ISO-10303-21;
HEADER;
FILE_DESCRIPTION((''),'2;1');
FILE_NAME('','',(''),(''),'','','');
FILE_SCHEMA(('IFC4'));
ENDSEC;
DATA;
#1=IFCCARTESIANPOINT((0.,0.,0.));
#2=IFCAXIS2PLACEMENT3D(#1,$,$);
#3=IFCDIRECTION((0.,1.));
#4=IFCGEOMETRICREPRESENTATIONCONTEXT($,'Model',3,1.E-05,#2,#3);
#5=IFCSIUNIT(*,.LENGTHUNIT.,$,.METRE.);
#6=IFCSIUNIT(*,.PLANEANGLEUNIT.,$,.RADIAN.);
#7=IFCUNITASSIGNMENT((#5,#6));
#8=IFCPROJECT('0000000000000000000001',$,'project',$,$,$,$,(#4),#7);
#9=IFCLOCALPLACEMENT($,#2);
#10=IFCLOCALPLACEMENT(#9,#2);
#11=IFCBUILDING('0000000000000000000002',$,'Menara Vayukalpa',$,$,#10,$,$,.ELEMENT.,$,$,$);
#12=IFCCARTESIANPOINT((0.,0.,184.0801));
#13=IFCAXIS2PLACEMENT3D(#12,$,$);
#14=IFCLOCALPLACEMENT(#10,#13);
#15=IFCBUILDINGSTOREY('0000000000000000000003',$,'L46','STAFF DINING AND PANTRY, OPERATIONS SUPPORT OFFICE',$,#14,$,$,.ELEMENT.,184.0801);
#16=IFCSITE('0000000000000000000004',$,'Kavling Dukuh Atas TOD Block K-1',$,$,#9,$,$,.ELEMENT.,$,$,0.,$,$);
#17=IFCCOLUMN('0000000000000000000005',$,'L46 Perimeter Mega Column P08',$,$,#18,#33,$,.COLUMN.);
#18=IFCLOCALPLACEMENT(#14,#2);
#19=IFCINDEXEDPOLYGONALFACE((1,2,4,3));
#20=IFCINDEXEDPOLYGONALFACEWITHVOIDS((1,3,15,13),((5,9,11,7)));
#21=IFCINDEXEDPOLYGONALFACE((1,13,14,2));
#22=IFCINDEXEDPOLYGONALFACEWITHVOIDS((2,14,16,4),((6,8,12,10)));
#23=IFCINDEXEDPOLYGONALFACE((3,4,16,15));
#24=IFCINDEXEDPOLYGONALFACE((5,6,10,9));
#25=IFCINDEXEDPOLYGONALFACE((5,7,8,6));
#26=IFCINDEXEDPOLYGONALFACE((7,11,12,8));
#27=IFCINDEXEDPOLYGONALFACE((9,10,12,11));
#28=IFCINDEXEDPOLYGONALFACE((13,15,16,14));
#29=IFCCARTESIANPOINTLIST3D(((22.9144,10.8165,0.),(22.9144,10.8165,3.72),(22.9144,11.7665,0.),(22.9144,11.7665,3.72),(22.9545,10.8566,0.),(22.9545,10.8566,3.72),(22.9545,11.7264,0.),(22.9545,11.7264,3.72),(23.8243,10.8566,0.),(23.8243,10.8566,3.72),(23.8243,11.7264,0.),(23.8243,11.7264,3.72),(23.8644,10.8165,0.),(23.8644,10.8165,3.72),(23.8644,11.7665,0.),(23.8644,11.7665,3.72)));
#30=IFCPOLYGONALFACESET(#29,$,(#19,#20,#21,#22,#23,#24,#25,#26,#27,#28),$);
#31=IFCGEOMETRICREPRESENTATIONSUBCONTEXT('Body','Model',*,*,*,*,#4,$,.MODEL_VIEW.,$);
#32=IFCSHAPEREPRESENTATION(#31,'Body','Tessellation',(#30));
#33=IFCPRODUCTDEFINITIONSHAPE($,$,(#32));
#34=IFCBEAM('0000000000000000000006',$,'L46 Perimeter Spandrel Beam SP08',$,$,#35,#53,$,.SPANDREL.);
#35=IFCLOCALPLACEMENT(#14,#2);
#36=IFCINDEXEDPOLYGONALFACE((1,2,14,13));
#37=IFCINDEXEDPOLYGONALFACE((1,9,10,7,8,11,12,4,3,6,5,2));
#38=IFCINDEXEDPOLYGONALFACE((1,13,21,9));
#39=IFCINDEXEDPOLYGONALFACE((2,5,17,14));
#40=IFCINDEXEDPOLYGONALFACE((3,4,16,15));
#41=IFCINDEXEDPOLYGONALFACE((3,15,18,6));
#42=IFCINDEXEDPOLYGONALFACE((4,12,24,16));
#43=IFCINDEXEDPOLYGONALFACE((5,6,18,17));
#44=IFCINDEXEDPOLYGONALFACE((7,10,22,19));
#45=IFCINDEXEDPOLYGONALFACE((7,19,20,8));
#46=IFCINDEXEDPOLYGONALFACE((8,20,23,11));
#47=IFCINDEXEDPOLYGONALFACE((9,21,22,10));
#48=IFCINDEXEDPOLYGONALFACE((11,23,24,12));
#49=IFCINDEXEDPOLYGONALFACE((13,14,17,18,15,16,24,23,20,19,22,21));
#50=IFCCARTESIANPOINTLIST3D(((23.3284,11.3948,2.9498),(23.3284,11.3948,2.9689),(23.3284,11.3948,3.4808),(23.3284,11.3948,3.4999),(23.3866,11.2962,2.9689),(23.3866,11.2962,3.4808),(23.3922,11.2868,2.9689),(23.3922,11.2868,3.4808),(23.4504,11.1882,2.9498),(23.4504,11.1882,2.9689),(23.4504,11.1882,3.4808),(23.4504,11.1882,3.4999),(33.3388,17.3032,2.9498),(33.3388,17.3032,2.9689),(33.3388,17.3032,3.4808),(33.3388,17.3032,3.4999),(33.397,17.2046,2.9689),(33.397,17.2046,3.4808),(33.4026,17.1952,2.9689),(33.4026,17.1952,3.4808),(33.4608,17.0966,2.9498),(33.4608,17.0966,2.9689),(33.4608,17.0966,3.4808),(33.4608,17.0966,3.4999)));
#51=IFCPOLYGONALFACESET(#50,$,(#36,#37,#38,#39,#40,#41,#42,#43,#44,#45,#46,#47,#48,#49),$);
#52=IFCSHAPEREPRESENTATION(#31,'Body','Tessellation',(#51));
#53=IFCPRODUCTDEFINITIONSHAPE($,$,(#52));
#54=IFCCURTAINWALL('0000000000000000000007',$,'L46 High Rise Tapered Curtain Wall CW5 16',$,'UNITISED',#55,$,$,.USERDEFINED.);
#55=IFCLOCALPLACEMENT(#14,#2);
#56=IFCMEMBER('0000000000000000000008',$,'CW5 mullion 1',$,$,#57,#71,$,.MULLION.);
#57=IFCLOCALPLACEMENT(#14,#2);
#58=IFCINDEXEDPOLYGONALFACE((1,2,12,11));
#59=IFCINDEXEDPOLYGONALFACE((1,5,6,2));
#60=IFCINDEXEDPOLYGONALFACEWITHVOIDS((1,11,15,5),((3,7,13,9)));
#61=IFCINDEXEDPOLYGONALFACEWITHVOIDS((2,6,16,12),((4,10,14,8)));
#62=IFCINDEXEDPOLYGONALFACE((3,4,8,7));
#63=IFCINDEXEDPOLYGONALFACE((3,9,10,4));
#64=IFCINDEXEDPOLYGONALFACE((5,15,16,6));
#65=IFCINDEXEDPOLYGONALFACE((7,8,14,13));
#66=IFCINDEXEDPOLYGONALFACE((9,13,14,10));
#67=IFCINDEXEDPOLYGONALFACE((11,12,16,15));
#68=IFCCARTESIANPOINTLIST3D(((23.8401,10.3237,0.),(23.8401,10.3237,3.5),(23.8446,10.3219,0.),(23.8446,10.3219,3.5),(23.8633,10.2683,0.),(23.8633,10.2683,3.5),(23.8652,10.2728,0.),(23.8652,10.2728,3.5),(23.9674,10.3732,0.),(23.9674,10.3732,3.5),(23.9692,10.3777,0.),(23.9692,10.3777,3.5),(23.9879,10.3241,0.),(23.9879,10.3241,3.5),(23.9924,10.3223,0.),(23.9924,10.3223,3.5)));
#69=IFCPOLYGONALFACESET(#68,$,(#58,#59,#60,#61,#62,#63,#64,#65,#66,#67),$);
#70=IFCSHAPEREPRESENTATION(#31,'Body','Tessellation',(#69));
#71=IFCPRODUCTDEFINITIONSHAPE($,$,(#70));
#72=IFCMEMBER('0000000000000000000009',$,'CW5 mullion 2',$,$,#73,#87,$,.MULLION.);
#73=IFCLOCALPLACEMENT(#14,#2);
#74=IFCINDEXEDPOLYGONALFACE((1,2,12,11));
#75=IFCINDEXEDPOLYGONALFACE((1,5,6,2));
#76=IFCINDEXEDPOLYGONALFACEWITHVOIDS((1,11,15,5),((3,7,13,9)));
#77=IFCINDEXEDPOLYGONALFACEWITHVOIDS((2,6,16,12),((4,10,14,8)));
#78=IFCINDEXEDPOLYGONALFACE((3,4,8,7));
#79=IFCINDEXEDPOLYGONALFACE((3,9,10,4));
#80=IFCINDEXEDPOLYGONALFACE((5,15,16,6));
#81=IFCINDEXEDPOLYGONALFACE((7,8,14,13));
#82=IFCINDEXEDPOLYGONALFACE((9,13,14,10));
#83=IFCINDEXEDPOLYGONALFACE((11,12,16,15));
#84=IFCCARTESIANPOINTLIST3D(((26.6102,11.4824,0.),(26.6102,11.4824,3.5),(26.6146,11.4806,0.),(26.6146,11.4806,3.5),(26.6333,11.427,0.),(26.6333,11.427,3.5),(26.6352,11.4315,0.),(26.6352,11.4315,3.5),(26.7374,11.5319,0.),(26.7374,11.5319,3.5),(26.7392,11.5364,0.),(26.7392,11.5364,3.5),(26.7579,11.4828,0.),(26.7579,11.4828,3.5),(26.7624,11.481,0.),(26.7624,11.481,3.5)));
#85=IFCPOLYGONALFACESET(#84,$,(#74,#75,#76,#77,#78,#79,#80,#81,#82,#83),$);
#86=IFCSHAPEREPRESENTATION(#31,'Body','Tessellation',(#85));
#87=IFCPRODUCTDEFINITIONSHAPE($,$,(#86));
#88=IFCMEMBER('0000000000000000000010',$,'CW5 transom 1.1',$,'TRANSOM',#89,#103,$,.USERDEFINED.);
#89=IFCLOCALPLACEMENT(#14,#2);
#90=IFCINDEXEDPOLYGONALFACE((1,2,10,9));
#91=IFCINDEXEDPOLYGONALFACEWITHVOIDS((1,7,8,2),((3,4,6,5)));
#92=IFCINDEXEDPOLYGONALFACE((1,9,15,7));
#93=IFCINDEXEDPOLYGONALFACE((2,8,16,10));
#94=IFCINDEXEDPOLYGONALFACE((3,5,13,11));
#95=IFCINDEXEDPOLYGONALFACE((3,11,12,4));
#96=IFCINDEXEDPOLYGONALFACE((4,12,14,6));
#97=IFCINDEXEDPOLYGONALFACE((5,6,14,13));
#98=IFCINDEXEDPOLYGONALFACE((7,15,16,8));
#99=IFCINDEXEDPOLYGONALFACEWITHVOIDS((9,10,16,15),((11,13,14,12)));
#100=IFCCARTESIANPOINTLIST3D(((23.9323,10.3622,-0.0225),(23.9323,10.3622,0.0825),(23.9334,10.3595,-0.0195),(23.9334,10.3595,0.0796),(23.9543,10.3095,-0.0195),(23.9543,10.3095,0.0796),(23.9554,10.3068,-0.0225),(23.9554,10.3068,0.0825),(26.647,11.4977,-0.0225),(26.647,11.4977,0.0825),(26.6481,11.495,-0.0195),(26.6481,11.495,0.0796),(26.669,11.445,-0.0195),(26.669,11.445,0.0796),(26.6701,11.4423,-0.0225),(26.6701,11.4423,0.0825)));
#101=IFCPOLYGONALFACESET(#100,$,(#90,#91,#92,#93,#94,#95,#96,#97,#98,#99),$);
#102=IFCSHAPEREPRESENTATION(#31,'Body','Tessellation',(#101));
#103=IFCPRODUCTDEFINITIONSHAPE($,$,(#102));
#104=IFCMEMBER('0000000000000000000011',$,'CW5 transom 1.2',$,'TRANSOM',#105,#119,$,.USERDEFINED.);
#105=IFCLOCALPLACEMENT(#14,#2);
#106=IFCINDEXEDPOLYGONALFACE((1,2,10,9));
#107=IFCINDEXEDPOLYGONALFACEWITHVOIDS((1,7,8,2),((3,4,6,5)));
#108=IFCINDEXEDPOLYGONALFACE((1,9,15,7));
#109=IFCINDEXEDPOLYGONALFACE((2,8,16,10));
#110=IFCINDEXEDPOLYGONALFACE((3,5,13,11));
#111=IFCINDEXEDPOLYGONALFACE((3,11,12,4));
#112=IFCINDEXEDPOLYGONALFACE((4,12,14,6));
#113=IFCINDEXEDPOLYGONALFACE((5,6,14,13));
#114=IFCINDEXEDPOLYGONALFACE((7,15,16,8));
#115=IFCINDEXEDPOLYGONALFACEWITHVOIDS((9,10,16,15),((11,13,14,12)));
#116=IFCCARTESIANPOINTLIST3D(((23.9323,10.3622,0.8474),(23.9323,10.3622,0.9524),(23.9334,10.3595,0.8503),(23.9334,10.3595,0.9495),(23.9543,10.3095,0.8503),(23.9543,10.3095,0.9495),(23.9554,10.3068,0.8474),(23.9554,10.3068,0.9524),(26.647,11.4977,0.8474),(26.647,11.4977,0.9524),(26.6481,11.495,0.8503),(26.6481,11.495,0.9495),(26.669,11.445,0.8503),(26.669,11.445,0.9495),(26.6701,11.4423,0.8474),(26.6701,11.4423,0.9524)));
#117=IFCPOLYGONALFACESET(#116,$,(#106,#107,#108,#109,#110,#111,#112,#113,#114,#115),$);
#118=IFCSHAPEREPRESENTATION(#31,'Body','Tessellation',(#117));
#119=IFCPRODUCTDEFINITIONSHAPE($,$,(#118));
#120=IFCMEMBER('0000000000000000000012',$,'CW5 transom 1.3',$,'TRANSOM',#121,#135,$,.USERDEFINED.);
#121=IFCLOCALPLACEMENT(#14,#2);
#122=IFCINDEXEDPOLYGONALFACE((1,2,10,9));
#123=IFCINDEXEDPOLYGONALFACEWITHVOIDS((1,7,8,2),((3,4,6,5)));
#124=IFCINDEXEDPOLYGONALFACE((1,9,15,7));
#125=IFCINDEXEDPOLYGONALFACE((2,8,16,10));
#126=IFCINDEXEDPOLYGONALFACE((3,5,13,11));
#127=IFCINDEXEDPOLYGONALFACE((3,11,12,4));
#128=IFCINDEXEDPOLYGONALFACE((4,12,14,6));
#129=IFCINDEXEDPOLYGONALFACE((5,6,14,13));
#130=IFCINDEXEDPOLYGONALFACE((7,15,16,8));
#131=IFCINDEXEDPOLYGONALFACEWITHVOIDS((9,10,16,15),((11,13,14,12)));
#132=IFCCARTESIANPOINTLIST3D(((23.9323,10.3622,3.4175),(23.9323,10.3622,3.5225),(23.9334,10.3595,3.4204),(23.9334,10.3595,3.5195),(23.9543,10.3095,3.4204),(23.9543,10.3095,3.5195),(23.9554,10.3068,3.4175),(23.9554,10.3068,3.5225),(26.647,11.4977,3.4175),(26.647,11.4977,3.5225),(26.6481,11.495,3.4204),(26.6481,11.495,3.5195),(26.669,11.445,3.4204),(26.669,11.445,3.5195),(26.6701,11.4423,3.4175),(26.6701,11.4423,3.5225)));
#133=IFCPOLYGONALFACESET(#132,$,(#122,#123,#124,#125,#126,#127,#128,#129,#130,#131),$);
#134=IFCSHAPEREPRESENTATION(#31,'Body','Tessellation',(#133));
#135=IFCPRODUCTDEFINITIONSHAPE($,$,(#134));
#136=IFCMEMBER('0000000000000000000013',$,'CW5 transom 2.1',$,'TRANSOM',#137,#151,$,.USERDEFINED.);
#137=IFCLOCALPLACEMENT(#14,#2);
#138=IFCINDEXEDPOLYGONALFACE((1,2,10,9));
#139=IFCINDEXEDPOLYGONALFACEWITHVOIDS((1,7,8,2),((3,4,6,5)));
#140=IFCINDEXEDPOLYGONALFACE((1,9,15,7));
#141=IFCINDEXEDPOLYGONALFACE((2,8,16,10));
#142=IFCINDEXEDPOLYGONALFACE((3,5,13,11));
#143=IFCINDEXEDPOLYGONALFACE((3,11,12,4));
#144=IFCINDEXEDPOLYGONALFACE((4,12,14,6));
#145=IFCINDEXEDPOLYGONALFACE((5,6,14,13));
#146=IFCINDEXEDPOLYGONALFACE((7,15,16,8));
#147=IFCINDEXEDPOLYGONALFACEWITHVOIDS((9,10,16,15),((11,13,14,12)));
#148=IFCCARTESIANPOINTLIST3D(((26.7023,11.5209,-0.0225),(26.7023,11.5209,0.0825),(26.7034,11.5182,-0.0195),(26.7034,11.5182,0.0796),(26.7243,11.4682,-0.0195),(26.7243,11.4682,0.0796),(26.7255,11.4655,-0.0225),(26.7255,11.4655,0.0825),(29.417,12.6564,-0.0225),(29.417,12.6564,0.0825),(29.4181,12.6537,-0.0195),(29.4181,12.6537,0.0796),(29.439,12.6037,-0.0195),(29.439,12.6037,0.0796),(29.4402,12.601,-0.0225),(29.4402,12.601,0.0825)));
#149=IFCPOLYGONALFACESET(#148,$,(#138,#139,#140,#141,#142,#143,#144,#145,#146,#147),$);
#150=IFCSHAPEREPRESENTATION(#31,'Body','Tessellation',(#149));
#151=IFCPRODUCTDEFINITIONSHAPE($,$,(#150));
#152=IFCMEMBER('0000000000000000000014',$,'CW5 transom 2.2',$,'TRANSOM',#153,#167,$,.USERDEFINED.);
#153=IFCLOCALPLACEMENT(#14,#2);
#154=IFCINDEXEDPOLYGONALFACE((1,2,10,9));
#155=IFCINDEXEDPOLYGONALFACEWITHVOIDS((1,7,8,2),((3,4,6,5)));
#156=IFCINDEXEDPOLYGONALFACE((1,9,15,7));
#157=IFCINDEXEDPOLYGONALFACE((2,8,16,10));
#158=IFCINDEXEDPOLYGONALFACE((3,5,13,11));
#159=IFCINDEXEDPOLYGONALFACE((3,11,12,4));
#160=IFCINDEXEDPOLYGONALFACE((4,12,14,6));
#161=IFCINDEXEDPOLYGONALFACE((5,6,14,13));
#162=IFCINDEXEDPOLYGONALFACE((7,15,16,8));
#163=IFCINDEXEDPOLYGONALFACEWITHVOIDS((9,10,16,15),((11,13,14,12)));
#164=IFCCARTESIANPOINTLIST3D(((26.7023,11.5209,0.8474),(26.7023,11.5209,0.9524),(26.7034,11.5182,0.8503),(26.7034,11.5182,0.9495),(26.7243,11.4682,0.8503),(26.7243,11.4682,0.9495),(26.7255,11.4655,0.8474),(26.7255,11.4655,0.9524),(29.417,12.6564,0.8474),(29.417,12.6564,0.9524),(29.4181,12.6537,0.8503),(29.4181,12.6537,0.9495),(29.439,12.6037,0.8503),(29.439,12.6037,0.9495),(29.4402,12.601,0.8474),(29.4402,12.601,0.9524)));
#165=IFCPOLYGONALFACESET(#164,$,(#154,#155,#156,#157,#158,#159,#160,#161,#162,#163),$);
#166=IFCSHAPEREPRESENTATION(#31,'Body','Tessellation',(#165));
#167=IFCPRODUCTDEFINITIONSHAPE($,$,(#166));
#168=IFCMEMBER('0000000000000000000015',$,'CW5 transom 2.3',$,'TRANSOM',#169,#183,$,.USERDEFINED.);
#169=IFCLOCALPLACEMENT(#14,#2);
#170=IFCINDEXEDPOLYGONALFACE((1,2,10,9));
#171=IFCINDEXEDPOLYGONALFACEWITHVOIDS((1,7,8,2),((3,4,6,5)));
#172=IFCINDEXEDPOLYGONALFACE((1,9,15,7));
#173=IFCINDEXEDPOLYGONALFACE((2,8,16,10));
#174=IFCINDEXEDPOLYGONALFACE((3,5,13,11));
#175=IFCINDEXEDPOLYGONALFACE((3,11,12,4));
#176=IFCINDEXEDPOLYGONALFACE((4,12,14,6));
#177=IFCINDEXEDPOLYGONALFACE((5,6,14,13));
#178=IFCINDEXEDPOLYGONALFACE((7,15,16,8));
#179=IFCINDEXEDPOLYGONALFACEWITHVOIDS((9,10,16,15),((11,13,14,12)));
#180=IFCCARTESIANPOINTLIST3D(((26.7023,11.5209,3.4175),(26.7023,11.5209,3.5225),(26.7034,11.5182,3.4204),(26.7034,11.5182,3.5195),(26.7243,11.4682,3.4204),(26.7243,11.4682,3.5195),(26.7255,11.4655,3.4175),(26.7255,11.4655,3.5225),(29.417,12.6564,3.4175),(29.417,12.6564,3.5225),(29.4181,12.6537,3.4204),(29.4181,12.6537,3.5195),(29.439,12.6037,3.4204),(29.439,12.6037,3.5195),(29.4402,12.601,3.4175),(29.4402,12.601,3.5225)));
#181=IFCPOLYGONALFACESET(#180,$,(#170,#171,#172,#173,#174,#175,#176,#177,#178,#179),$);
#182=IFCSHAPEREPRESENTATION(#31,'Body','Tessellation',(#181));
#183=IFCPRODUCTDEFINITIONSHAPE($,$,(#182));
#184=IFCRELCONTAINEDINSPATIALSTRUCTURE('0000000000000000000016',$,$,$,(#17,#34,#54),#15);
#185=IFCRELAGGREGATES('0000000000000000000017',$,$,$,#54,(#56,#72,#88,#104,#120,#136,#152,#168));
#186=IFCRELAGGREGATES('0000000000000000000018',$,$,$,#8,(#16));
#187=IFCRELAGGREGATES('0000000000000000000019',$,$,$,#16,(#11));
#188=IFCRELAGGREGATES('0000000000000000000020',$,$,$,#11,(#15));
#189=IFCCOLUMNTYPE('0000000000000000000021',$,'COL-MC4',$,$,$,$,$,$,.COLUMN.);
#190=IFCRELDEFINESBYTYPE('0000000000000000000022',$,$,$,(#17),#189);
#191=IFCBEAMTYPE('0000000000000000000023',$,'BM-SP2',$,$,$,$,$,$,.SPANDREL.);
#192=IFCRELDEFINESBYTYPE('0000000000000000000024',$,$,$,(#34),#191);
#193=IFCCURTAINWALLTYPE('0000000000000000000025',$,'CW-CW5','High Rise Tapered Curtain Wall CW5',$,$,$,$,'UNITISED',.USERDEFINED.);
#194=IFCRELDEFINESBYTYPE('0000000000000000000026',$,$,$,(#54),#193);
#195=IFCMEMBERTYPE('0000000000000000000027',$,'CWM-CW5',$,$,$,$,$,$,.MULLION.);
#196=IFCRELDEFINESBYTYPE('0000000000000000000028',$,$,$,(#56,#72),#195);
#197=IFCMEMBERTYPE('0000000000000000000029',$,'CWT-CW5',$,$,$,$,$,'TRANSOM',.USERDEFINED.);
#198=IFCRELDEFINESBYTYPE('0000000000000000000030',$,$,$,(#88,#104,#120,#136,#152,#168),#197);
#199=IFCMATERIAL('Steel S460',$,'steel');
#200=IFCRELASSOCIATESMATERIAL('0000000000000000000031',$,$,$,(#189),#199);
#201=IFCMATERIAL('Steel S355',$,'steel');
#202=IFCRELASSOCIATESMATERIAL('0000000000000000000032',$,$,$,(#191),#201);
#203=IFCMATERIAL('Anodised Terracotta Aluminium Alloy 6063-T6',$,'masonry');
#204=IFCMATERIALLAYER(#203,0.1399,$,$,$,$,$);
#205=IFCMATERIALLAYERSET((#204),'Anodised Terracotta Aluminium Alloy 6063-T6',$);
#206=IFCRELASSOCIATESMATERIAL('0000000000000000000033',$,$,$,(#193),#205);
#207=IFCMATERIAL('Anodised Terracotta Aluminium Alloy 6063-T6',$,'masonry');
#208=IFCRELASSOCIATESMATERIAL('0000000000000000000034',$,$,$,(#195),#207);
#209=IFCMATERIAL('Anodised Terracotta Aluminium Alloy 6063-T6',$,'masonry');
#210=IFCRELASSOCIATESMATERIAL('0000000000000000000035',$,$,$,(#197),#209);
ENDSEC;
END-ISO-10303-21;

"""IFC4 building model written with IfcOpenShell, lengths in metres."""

from ifc_helpers import new_model, si_unit, direction, frame, origin, origin_2d, place, context, subcontext, project, spatial, hollow_rectangle, i_section, extrude, material, layer, layer_set, material_profile, profile_set, type_object, element, aggregate, save


model = new_model("IFC4")

# Units and contexts
model_context = context("Model", 3, precision=1e-05, world=origin(), true_north=direction((0.0, 1.0)))
body_context = subcontext(model_context, "Body", "Model", "MODEL_VIEW")
ifc_project = project(units=[si_unit("LENGTHUNIT", "METRE"), si_unit("PLANEANGLEUNIT", "RADIAN")], contexts=[model_context])

# Site, building, storey
site_placement = place(None, origin())
site = spatial("IfcSite", under=ifc_project, at=site_placement, Name="Kavling Dukuh Atas TOD Block K-1", CompositionType="ELEMENT", RefElevation=0.0)
building_placement = place(site_placement, origin())
building = spatial("IfcBuilding", under=site, at=building_placement, Name="Menara Vayukalpa", CompositionType="ELEMENT")
storey_placement = place(building_placement, frame((0.0, 0.0, 184.0801)))
storey = spatial("IfcBuildingStorey", under=building, at=storey_placement, Name="L46", Description="STAFF DINING AND PANTRY, OPERATIONS SUPPORT OFFICE", CompositionType="ELEMENT", Elevation=184.0801)

# Column
ifc_material_1 = material(Name="Steel S460", Category="steel")
ifc_material_profile_1 = material_profile(ifc_material_1, hollow_rectangle(XDim=0.95, YDim=0.95, WallThickness=0.04, at=origin_2d()), Name="BOX 950x950x40")
ifc_profile_set_1 = profile_set([ifc_material_profile_1], Name="Steel S460")
column_type = type_object("IfcColumnType", Name="COL-MC4", PredefinedType="COLUMN", material=ifc_profile_set_1)
column_placement = place(storey_placement, frame((23.3894, 11.2915, 0.0), z_axis=(0.0, 0.0, 1.0), x_axis=(1.0, 0.0, 0.0)))
element("IfcColumn", 1, at=column_placement, inside=storey, type_object=column_type, Name="L46 Perimeter Mega Column P08", PredefinedType="COLUMN", context=body_context, shape_type="SweptSolid", body=[
    extrude(hollow_rectangle(XDim=0.95, YDim=0.95, WallThickness=0.04, at=origin_2d()), origin(), (0.0, 0.0, 1.0), 3.72),
])

# Beam
ifc_material_2 = material(Name="Steel S355", Category="steel")
ifc_material_profile_2 = material_profile(ifc_material_2, i_section(OverallWidth=0.24, OverallDepth=0.55, WebThickness=0.011, FlangeThickness=0.019, at=origin_2d()), Name="WF 550x240x11x19")
ifc_profile_set_2 = profile_set([ifc_material_profile_2], Name="Steel S355")
beam_type = type_object("IfcBeamType", Name="BM-SP2", PredefinedType="SPANDREL", material=ifc_profile_set_2)
beam_placement = place(storey_placement, frame((23.3894, 11.2915, 3.2249), z_axis=(0.861184, 0.508293, 0.0), x_axis=(-0.508293, 0.861184, 0.0)))
element("IfcBeam", 2, at=beam_placement, inside=storey, type_object=beam_type, Name="L46 Perimeter Spandrel Beam SP08", PredefinedType="SPANDREL", context=body_context, shape_type="SweptSolid", body=[
    extrude(i_section(OverallWidth=0.24, OverallDepth=0.55, WebThickness=0.011, FlangeThickness=0.019, at=origin_2d()), origin(), (0.0, 0.0, 1.0), 11.624),
])

# Curtain wall, members
ifc_material_3 = material(Name="Anodised Terracotta Aluminium Alloy 6063-T6", Category="masonry")
ifc_layer_1 = layer(ifc_material_3, 0.1399)
ifc_layer_set_1 = layer_set([ifc_layer_1], Name="Anodised Terracotta Aluminium Alloy 6063-T6")
curtain_wall_type = type_object("IfcCurtainWallType", Name="CW-CW5", Description="High Rise Tapered Curtain Wall CW5", ElementType="UNITISED", PredefinedType="USERDEFINED", material=ifc_layer_set_1)
curtain_wall_placement = place(storey_placement, origin())
curtain_wall = element("IfcCurtainWall", 3, at=curtain_wall_placement, inside=storey, type_object=curtain_wall_type, Name="L46 High Rise Tapered Curtain Wall CW5 16", ObjectType="UNITISED", PredefinedType="USERDEFINED")
ifc_material_4 = material(Name="Anodised Terracotta Aluminium Alloy 6063-T6", Category="masonry")
ifc_material_profile_3 = material_profile(ifc_material_4, hollow_rectangle(XDim=0.0601, YDim=0.1399, WallThickness=0.0034, at=origin_2d()), Name="ALU 60x140x3.5")
ifc_profile_set_3 = profile_set([ifc_material_profile_3], Name="Anodised Terracotta Aluminium Alloy 6063-T6")
member_type_1 = type_object("IfcMemberType", Name="CWM-CW5", PredefinedType="MULLION", material=ifc_profile_set_3)
member_1_placement = place(storey_placement, frame((23.9163, 10.323, 0.0), z_axis=(0.0, 0.0, 1.0), x_axis=(-0.385903, 0.922539, 0.0)))
member_1 = element("IfcMember", 4, at=member_1_placement, type_object=member_type_1, Name="CW5 mullion 1", PredefinedType="MULLION", context=body_context, shape_type="SweptSolid", body=[
    extrude(hollow_rectangle(XDim=0.0601, YDim=0.1399, WallThickness=0.0034, at=origin_2d()), origin(), (0.0, 0.0, 1.0), 3.5),
])
member_2_placement = place(storey_placement, frame((26.6863, 11.4817, 0.0), z_axis=(0.0, 0.0, 1.0), x_axis=(-0.385903, 0.922539, 0.0)))
member_2 = element("IfcMember", 5, at=member_2_placement, type_object=member_type_1, Name="CW5 mullion 2", PredefinedType="MULLION", context=body_context, shape_type="SweptSolid", body=[
    extrude(hollow_rectangle(XDim=0.0601, YDim=0.1399, WallThickness=0.0034, at=origin_2d()), origin(), (0.0, 0.0, 1.0), 3.5),
])
ifc_material_5 = material(Name="Anodised Terracotta Aluminium Alloy 6063-T6", Category="masonry")
ifc_material_profile_4 = material_profile(ifc_material_5, hollow_rectangle(XDim=0.0601, YDim=0.105, WallThickness=0.0029, at=origin_2d()), Name="ALU 60x105x3")
ifc_profile_set_4 = profile_set([ifc_material_profile_4], Name="Anodised Terracotta Aluminium Alloy 6063-T6")
member_type_2 = type_object("IfcMemberType", Name="CWT-CW5", ElementType="TRANSOM", PredefinedType="USERDEFINED", material=ifc_profile_set_4)
member_3_placement = place(storey_placement, frame((23.9438, 10.3345, 0.03), z_axis=(0.922543, 0.385893, 0.0), x_axis=(-0.385893, 0.922543, 0.0)))
member_3 = element("IfcMember", 6, at=member_3_placement, type_object=member_type_2, Name="CW5 transom 1.1", ObjectType="TRANSOM", PredefinedType="USERDEFINED", context=body_context, shape_type="SweptSolid", body=[
    extrude(hollow_rectangle(XDim=0.0601, YDim=0.105, WallThickness=0.0029, at=origin_2d()), origin(), (0.0, 0.0, 1.0), 2.9426),
])
member_4_placement = place(storey_placement, frame((23.9438, 10.3345, 0.8999), z_axis=(0.922543, 0.385893, 0.0), x_axis=(-0.385893, 0.922543, 0.0)))
member_4 = element("IfcMember", 7, at=member_4_placement, type_object=member_type_2, Name="CW5 transom 1.2", ObjectType="TRANSOM", PredefinedType="USERDEFINED", context=body_context, shape_type="SweptSolid", body=[
    extrude(hollow_rectangle(XDim=0.0601, YDim=0.105, WallThickness=0.0029, at=origin_2d()), origin(), (0.0, 0.0, 1.0), 2.9426),
])
member_5_placement = place(storey_placement, frame((23.9438, 10.3345, 3.47), z_axis=(0.922543, 0.385893, 0.0), x_axis=(-0.385893, 0.922543, 0.0)))
member_5 = element("IfcMember", 8, at=member_5_placement, type_object=member_type_2, Name="CW5 transom 1.3", ObjectType="TRANSOM", PredefinedType="USERDEFINED", context=body_context, shape_type="SweptSolid", body=[
    extrude(hollow_rectangle(XDim=0.0601, YDim=0.105, WallThickness=0.0029, at=origin_2d()), origin(), (0.0, 0.0, 1.0), 2.9426),
])
member_6_placement = place(storey_placement, frame((26.7139, 11.4932, 0.03), z_axis=(0.922543, 0.385893, 0.0), x_axis=(-0.385893, 0.922543, 0.0)))
member_6 = element("IfcMember", 9, at=member_6_placement, type_object=member_type_2, Name="CW5 transom 2.1", ObjectType="TRANSOM", PredefinedType="USERDEFINED", context=body_context, shape_type="SweptSolid", body=[
    extrude(hollow_rectangle(XDim=0.0601, YDim=0.105, WallThickness=0.0029, at=origin_2d()), origin(), (0.0, 0.0, 1.0), 2.9426),
])
member_7_placement = place(storey_placement, frame((26.7139, 11.4932, 0.8999), z_axis=(0.922543, 0.385893, 0.0), x_axis=(-0.385893, 0.922543, 0.0)))
member_7 = element("IfcMember", 10, at=member_7_placement, type_object=member_type_2, Name="CW5 transom 2.2", ObjectType="TRANSOM", PredefinedType="USERDEFINED", context=body_context, shape_type="SweptSolid", body=[
    extrude(hollow_rectangle(XDim=0.0601, YDim=0.105, WallThickness=0.0029, at=origin_2d()), origin(), (0.0, 0.0, 1.0), 2.9426),
])
member_8_placement = place(storey_placement, frame((26.7139, 11.4932, 3.47), z_axis=(0.922543, 0.385893, 0.0), x_axis=(-0.385893, 0.922543, 0.0)))
member_8 = element("IfcMember", 11, at=member_8_placement, type_object=member_type_2, Name="CW5 transom 2.3", ObjectType="TRANSOM", PredefinedType="USERDEFINED", context=body_context, shape_type="SweptSolid", body=[
    extrude(hollow_rectangle(XDim=0.0601, YDim=0.105, WallThickness=0.0029, at=origin_2d()), origin(), (0.0, 0.0, 1.0), 2.9426),
])
aggregate(curtain_wall, [member_1, member_2, member_3, member_4, member_5, member_6, member_7, member_8])

save(model, "model.ifc")
